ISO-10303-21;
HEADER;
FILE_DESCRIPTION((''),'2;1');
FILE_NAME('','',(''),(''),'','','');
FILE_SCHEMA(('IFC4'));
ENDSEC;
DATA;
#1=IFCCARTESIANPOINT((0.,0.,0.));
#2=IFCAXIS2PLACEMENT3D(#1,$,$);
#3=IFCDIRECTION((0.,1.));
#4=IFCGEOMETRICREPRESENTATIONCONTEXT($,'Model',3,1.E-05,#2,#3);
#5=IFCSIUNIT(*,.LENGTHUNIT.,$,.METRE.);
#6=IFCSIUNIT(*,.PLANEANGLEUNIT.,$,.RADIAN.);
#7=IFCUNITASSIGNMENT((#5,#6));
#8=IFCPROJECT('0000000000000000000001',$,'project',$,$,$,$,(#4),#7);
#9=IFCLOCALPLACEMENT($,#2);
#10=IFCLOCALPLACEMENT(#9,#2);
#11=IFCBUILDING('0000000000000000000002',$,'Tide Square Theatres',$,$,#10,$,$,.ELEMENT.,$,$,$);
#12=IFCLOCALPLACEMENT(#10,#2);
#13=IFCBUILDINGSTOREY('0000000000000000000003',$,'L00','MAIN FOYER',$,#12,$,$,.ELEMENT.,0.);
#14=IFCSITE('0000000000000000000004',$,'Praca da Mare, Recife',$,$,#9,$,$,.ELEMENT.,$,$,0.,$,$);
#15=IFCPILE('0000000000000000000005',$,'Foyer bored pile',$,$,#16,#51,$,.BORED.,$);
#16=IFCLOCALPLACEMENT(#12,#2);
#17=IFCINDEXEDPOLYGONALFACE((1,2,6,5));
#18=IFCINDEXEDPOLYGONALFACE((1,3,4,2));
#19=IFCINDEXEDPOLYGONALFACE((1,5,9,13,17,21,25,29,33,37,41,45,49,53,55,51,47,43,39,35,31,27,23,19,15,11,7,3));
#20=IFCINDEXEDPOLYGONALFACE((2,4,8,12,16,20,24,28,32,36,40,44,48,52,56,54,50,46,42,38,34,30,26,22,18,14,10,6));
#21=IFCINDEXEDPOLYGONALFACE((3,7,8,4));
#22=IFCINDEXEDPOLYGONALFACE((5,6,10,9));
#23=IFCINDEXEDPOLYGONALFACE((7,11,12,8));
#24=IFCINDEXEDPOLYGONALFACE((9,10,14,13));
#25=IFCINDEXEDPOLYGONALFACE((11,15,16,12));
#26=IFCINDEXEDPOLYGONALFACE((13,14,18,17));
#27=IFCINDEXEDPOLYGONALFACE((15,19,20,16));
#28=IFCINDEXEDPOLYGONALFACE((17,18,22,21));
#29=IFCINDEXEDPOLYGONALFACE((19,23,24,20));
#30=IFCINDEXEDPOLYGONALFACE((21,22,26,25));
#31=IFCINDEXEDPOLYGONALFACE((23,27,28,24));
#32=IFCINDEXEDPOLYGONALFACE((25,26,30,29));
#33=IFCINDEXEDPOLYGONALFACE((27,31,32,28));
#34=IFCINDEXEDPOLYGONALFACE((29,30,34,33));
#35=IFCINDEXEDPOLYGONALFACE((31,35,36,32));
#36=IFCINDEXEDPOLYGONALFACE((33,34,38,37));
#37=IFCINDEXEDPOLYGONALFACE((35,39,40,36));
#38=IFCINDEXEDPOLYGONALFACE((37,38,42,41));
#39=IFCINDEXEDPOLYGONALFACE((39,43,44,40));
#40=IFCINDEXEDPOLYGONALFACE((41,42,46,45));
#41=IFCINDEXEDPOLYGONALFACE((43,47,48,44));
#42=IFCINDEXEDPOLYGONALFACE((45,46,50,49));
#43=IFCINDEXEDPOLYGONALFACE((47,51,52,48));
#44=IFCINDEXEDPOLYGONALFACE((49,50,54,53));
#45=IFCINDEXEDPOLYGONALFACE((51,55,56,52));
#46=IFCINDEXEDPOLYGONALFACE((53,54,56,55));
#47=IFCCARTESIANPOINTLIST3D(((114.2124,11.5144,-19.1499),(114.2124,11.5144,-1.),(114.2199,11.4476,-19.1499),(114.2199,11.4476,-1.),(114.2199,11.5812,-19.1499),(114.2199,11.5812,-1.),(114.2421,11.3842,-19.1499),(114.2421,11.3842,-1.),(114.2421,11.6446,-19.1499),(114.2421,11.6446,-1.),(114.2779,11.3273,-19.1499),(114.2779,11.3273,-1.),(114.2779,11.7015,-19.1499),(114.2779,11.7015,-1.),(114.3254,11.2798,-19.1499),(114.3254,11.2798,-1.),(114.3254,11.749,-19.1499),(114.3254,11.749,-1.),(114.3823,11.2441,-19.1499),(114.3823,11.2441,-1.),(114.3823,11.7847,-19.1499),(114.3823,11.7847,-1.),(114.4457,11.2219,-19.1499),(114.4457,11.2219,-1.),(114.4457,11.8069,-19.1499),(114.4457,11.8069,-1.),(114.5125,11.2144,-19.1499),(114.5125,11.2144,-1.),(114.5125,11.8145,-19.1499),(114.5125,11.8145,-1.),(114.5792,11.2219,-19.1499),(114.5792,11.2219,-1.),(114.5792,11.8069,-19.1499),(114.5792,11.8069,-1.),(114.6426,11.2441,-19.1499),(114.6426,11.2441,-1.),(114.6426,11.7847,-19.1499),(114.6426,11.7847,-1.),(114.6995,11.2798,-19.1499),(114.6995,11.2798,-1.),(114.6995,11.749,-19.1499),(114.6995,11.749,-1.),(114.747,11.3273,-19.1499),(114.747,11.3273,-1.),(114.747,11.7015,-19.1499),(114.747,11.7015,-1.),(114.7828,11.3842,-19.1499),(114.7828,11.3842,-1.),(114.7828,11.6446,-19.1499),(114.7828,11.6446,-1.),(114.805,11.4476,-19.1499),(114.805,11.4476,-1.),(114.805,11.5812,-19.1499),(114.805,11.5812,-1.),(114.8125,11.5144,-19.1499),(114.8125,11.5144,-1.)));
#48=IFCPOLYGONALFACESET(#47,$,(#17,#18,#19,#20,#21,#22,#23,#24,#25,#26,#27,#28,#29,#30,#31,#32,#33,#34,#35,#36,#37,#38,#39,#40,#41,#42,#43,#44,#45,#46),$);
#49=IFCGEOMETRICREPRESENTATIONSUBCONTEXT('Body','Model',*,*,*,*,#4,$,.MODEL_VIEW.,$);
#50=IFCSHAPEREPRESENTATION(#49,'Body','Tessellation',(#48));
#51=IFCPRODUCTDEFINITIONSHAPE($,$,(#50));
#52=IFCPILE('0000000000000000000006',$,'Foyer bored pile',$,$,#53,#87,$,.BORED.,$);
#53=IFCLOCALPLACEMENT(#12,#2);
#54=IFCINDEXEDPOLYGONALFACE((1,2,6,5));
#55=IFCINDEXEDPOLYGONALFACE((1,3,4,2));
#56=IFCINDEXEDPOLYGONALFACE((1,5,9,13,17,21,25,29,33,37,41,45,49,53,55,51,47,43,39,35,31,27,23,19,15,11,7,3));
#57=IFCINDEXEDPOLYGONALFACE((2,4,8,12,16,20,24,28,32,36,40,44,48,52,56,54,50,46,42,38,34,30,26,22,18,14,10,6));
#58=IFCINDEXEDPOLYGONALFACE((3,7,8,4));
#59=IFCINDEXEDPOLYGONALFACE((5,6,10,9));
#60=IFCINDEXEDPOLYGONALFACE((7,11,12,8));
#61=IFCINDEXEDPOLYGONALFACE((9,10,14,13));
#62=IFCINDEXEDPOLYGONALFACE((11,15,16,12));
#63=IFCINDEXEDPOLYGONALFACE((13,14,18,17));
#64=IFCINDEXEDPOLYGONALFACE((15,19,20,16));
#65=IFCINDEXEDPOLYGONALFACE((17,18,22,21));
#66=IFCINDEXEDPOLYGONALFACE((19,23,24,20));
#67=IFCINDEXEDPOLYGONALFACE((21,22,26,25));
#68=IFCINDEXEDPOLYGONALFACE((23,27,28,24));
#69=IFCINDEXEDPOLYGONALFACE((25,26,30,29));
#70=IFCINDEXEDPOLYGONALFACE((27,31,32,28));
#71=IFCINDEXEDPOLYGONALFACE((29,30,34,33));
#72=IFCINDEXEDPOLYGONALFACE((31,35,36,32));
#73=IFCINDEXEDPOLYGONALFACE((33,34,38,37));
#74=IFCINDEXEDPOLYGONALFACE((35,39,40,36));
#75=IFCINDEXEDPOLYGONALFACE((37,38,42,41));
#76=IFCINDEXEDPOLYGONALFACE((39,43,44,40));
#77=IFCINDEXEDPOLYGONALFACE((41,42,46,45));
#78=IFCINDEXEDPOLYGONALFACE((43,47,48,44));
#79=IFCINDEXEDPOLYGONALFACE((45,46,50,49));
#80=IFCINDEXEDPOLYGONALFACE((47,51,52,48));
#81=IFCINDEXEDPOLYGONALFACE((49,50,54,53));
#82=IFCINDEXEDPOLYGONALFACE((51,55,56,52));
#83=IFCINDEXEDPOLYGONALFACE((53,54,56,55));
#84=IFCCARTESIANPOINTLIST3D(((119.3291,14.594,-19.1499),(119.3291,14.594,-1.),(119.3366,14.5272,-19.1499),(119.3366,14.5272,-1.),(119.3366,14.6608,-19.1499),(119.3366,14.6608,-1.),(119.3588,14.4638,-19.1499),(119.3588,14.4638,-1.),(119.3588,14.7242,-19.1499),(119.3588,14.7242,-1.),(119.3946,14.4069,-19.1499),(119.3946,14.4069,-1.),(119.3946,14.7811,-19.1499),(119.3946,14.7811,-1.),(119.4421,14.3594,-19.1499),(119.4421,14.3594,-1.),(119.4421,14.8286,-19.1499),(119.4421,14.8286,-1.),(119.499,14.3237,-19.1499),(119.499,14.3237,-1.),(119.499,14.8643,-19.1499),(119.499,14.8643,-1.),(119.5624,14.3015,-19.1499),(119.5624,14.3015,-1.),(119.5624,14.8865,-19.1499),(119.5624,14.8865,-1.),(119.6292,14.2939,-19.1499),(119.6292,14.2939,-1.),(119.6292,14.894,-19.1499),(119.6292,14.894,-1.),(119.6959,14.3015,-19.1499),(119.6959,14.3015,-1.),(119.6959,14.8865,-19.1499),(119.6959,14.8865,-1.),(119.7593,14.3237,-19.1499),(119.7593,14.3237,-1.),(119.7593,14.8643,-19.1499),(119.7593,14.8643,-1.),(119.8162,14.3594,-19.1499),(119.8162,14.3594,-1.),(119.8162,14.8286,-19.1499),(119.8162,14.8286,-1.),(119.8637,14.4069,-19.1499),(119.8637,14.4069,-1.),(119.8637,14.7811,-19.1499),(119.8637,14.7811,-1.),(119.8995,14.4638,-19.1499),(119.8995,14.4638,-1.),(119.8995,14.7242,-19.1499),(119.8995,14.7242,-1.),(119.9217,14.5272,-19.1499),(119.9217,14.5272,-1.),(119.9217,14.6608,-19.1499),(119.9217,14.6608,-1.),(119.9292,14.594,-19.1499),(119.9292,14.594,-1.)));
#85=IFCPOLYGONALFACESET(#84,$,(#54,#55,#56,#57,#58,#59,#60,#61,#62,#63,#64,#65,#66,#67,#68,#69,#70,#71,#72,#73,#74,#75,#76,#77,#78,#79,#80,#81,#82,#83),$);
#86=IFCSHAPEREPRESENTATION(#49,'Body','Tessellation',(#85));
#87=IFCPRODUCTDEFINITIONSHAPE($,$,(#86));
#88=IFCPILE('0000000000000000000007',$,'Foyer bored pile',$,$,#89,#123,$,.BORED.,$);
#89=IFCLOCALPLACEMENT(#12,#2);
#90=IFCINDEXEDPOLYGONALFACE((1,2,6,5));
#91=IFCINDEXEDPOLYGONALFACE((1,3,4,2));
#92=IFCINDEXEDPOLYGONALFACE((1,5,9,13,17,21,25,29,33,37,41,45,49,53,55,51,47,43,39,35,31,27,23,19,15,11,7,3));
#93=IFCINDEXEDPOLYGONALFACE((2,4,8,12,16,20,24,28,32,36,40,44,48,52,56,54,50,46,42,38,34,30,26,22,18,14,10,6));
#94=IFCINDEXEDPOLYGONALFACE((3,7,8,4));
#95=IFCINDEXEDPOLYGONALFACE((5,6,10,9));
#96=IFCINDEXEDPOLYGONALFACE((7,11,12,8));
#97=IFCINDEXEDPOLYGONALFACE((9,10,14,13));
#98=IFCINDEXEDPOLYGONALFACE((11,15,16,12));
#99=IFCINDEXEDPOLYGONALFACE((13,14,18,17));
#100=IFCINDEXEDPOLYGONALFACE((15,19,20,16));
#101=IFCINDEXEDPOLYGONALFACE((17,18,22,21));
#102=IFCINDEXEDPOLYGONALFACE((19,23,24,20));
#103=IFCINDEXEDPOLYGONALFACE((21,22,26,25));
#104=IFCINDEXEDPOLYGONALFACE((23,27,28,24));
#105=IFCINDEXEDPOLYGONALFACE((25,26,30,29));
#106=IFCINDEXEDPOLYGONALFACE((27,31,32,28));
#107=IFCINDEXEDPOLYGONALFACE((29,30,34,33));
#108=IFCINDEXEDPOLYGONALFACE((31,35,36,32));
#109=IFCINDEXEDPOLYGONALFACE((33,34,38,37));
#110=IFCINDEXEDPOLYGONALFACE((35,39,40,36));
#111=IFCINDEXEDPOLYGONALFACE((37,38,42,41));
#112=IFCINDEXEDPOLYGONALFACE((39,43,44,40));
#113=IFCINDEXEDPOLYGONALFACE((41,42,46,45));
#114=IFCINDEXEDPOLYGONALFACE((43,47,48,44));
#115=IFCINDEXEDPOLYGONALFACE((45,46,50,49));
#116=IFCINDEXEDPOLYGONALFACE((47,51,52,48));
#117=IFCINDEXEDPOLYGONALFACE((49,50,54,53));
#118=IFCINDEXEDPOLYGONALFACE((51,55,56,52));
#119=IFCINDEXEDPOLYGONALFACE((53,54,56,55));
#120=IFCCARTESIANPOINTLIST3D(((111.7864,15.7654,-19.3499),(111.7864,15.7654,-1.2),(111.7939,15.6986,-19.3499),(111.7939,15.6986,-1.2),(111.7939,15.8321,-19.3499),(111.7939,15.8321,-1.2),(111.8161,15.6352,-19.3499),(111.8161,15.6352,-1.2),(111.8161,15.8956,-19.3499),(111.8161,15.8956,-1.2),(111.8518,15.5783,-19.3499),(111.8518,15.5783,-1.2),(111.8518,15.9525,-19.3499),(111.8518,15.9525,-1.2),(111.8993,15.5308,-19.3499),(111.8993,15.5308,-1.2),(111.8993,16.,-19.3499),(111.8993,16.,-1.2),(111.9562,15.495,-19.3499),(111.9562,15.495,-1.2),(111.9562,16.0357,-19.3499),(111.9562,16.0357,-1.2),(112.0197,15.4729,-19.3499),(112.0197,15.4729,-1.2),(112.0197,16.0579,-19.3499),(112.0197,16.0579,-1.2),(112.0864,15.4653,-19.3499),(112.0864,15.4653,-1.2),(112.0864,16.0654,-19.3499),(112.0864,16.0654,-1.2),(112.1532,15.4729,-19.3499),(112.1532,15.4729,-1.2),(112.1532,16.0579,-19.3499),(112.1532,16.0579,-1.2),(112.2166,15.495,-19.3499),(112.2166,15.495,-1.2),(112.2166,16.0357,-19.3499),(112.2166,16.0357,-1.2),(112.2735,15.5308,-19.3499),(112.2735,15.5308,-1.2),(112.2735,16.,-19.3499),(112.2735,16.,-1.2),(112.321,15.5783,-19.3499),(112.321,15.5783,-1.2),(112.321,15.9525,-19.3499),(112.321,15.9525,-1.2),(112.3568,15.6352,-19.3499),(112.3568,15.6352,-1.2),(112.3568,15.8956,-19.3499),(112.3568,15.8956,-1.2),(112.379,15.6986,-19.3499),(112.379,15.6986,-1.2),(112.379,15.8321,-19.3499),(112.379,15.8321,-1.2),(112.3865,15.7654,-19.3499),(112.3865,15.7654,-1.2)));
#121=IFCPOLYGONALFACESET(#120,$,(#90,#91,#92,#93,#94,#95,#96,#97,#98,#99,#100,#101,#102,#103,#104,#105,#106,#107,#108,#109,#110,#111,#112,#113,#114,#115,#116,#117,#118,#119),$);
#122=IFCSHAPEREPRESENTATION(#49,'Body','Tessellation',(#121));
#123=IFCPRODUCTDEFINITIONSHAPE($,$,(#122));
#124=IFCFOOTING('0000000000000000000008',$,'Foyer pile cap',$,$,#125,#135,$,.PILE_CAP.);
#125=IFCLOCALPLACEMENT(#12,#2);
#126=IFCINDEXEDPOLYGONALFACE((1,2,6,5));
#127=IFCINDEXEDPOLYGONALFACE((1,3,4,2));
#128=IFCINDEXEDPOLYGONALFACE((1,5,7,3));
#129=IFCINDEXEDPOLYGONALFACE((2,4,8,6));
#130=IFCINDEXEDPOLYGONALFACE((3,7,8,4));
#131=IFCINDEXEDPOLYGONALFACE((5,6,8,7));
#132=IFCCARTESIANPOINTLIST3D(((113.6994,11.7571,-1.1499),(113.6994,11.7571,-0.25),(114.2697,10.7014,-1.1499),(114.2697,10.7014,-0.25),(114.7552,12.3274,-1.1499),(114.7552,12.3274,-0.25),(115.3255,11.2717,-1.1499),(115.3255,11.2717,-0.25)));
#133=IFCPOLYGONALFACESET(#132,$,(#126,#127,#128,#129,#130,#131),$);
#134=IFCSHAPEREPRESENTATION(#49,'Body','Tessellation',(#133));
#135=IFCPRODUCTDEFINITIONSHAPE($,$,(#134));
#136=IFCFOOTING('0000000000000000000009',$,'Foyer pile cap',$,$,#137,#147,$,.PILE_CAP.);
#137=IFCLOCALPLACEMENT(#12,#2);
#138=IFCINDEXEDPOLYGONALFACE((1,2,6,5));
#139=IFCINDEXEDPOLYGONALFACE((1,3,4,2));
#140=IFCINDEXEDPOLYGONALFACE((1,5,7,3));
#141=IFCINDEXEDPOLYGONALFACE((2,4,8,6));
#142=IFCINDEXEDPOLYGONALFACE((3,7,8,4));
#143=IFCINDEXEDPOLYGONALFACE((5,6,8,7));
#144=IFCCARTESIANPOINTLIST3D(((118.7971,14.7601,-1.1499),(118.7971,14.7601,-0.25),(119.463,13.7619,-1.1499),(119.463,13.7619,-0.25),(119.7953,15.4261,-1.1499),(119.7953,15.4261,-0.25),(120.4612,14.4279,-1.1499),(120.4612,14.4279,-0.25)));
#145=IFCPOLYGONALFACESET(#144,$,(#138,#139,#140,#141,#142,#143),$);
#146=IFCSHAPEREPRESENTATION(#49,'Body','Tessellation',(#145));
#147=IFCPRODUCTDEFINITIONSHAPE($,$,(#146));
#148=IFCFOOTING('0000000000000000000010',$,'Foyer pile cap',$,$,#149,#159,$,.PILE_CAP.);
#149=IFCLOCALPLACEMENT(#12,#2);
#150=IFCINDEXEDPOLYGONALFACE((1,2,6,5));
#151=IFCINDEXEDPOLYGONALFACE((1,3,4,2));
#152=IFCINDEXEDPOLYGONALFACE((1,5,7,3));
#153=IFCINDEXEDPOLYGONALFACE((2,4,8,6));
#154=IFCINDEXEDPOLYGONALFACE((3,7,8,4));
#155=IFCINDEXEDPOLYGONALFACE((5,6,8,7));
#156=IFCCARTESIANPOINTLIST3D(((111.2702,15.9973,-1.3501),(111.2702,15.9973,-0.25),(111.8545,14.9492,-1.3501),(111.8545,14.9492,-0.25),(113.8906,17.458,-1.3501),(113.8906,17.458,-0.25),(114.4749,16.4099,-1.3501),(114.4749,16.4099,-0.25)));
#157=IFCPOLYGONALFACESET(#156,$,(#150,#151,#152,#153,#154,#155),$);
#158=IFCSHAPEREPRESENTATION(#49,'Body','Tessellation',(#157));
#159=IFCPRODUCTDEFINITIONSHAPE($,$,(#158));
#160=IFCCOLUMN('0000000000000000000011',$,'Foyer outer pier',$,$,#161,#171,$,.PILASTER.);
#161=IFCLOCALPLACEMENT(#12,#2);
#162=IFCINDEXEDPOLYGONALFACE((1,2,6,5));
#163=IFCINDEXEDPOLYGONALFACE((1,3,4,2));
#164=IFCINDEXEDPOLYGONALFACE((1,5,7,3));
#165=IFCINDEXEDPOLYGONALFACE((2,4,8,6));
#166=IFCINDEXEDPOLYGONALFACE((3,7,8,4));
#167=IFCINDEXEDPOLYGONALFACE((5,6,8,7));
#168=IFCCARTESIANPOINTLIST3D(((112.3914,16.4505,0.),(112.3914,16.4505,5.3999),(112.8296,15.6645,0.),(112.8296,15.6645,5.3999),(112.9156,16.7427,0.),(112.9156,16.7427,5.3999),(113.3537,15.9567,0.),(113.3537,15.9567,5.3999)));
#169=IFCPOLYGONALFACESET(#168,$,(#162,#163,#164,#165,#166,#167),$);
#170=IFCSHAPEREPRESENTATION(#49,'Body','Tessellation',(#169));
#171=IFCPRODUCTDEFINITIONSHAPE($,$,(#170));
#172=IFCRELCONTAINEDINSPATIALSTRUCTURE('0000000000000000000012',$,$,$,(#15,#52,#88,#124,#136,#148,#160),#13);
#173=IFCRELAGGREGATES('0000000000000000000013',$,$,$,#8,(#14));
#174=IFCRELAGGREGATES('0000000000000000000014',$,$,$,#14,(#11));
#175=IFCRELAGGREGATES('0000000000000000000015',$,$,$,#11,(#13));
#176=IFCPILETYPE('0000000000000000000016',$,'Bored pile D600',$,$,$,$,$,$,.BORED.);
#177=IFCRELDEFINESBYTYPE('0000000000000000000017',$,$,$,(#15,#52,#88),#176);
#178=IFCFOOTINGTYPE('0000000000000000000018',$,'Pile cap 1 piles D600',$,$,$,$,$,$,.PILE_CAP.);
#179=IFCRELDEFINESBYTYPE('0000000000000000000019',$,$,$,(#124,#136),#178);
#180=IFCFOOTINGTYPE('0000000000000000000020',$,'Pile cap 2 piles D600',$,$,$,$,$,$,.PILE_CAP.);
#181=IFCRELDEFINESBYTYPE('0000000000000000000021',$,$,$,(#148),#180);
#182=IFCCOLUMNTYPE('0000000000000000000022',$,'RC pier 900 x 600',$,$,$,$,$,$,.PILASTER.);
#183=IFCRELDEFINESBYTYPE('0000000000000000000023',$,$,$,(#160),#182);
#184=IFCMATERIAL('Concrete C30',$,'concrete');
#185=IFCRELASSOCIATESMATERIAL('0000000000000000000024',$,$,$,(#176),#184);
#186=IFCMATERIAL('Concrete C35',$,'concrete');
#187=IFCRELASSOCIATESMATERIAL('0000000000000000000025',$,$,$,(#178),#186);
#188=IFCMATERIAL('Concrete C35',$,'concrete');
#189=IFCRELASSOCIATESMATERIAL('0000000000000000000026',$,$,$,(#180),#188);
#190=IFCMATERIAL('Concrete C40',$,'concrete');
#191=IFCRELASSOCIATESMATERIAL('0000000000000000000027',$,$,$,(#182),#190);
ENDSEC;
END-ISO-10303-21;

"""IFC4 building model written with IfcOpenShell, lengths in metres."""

from ifc_helpers import new_model, si_unit, direction, frame, origin, origin_2d, place, context, subcontext, project, spatial, rectangle, circle, extrude, material, material_profile, profile_set, type_object, element, save


model = new_model("IFC4")

# Units and contexts
model_context = context("Model", 3, precision=1e-05, world=origin(), true_north=direction((0.0, 1.0)))
body_context = subcontext(model_context, "Body", "Model", "MODEL_VIEW")
ifc_project = project(units=[si_unit("LENGTHUNIT", "METRE"), si_unit("PLANEANGLEUNIT", "RADIAN")], contexts=[model_context])

# Site, building, storey
site_placement = place(None, origin())
site = spatial("IfcSite", under=ifc_project, at=site_placement, Name="Praca da Mare, Recife", CompositionType="ELEMENT", RefElevation=0.0)
building_placement = place(site_placement, origin())
building = spatial("IfcBuilding", under=site, at=building_placement, Name="Tide Square Theatres", CompositionType="ELEMENT")
storey_placement = place(building_placement, origin())
storey = spatial("IfcBuildingStorey", under=building, at=storey_placement, Name="L00", Description="MAIN FOYER", CompositionType="ELEMENT", Elevation=0.0)

# Piles
ifc_material_1 = material(Name="Concrete C30", Category="concrete")
ifc_material_profile_1 = material_profile(ifc_material_1, circle(Radius=0.3, at=origin_2d()))
ifc_profile_set_1 = profile_set([ifc_material_profile_1], Name="Concrete C30")
pile_type = type_object("IfcPileType", Name="Bored pile D600", PredefinedType="BORED", material=ifc_profile_set_1)
for number, where, z_axis, x_axis, name in (
    (1, (114.5125, 11.5144, -1.0), (0.0, 0.0, -1.0), (1.0, 0.0, 0.0), "Foyer bored pile"),
    (2, (119.6292, 14.594, -1.0), (0.0, 0.0, -1.0), (1.0, 0.0, 0.0), "Foyer bored pile"),
    (3, (112.0864, 15.7654, -1.2), (0.0, 0.0, -1.0), (1.0, 0.0, 0.0), "Foyer bored pile"),
):
    element("IfcPile", number, at=place(storey_placement, frame(where, z_axis=z_axis, x_axis=x_axis)), inside=storey, type_object=pile_type, Name=name, PredefinedType="BORED", context=body_context, shape_type="SweptSolid", body=[
        extrude(circle(Radius=0.3, at=origin_2d()), origin(), (0.0, 0.0, 1.0), 18.1499),
    ])

# Footings
ifc_material_2 = material(Name="Concrete C35", Category="concrete")
footing_type_1 = type_object("IfcFootingType", Name="Pile cap 1 piles D600", PredefinedType="PILE_CAP", material=ifc_material_2)
for number, where, z_axis, x_axis, name in (
    (4, (114.5125, 11.5144, -1.1499), (0.0, 0.0, 1.0), (0.879839, 0.475271, 0.0), "Foyer pile cap"),
    (5, (119.6292, 14.594, -1.1499), (0.0, 0.0, 1.0), (0.831869, 0.554972, 0.0), "Foyer pile cap"),
):
    element("IfcFooting", number, at=place(storey_placement, frame(where, z_axis=z_axis, x_axis=x_axis)), inside=storey, type_object=footing_type_1, Name=name, PredefinedType="PILE_CAP", context=body_context, shape_type="SweptSolid", body=[
        extrude(rectangle(XDim=1.2, YDim=1.2, at=origin_2d()), origin(), (0.0, 0.0, 1.0), 0.8999),
    ])
ifc_material_3 = material(Name="Concrete C35", Category="concrete")
footing_type_2 = type_object("IfcFootingType", Name="Pile cap 2 piles D600", PredefinedType="PILE_CAP", material=ifc_material_3)
footing_placement = place(storey_placement, frame((112.8726, 16.2036, -1.3501), z_axis=(0.0, 0.0, 1.0), x_axis=(0.873464, 0.486889, 0.0)))
element("IfcFooting", 6, at=footing_placement, inside=storey, type_object=footing_type_2, Name="Foyer pile cap", PredefinedType="PILE_CAP", context=body_context, shape_type="SweptSolid", body=[
    extrude(rectangle(XDim=3.0, YDim=1.2, at=origin_2d()), origin(), (0.0, 0.0, 1.0), 1.1001),
])

# Column
ifc_material_4 = material(Name="Concrete C40", Category="concrete")
ifc_material_profile_2 = material_profile(ifc_material_4, rectangle(XDim=0.8999, YDim=0.6001, at=origin_2d()))
ifc_profile_set_2 = profile_set([ifc_material_profile_2], Name="Concrete C40")
column_type_1 = type_object("IfcColumnType", Name="RC pier 900 x 600", PredefinedType="PILASTER", material=ifc_profile_set_2)
column_placement = place(storey_placement, frame((112.8726, 16.2036, 0.0), z_axis=(0.0, 0.0, 1.0), x_axis=(0.486889, -0.873464, 0.0)))
element("IfcColumn", 7, at=column_placement, inside=storey, type_object=column_type_1, Name="Foyer outer pier", PredefinedType="PILASTER", context=body_context, shape_type="SweptSolid", body=[
    extrude(rectangle(XDim=0.8999, YDim=0.6001, at=origin_2d()), origin(), (0.0, 0.0, 1.0), 5.3999),
])

save(model, "model.ifc")
